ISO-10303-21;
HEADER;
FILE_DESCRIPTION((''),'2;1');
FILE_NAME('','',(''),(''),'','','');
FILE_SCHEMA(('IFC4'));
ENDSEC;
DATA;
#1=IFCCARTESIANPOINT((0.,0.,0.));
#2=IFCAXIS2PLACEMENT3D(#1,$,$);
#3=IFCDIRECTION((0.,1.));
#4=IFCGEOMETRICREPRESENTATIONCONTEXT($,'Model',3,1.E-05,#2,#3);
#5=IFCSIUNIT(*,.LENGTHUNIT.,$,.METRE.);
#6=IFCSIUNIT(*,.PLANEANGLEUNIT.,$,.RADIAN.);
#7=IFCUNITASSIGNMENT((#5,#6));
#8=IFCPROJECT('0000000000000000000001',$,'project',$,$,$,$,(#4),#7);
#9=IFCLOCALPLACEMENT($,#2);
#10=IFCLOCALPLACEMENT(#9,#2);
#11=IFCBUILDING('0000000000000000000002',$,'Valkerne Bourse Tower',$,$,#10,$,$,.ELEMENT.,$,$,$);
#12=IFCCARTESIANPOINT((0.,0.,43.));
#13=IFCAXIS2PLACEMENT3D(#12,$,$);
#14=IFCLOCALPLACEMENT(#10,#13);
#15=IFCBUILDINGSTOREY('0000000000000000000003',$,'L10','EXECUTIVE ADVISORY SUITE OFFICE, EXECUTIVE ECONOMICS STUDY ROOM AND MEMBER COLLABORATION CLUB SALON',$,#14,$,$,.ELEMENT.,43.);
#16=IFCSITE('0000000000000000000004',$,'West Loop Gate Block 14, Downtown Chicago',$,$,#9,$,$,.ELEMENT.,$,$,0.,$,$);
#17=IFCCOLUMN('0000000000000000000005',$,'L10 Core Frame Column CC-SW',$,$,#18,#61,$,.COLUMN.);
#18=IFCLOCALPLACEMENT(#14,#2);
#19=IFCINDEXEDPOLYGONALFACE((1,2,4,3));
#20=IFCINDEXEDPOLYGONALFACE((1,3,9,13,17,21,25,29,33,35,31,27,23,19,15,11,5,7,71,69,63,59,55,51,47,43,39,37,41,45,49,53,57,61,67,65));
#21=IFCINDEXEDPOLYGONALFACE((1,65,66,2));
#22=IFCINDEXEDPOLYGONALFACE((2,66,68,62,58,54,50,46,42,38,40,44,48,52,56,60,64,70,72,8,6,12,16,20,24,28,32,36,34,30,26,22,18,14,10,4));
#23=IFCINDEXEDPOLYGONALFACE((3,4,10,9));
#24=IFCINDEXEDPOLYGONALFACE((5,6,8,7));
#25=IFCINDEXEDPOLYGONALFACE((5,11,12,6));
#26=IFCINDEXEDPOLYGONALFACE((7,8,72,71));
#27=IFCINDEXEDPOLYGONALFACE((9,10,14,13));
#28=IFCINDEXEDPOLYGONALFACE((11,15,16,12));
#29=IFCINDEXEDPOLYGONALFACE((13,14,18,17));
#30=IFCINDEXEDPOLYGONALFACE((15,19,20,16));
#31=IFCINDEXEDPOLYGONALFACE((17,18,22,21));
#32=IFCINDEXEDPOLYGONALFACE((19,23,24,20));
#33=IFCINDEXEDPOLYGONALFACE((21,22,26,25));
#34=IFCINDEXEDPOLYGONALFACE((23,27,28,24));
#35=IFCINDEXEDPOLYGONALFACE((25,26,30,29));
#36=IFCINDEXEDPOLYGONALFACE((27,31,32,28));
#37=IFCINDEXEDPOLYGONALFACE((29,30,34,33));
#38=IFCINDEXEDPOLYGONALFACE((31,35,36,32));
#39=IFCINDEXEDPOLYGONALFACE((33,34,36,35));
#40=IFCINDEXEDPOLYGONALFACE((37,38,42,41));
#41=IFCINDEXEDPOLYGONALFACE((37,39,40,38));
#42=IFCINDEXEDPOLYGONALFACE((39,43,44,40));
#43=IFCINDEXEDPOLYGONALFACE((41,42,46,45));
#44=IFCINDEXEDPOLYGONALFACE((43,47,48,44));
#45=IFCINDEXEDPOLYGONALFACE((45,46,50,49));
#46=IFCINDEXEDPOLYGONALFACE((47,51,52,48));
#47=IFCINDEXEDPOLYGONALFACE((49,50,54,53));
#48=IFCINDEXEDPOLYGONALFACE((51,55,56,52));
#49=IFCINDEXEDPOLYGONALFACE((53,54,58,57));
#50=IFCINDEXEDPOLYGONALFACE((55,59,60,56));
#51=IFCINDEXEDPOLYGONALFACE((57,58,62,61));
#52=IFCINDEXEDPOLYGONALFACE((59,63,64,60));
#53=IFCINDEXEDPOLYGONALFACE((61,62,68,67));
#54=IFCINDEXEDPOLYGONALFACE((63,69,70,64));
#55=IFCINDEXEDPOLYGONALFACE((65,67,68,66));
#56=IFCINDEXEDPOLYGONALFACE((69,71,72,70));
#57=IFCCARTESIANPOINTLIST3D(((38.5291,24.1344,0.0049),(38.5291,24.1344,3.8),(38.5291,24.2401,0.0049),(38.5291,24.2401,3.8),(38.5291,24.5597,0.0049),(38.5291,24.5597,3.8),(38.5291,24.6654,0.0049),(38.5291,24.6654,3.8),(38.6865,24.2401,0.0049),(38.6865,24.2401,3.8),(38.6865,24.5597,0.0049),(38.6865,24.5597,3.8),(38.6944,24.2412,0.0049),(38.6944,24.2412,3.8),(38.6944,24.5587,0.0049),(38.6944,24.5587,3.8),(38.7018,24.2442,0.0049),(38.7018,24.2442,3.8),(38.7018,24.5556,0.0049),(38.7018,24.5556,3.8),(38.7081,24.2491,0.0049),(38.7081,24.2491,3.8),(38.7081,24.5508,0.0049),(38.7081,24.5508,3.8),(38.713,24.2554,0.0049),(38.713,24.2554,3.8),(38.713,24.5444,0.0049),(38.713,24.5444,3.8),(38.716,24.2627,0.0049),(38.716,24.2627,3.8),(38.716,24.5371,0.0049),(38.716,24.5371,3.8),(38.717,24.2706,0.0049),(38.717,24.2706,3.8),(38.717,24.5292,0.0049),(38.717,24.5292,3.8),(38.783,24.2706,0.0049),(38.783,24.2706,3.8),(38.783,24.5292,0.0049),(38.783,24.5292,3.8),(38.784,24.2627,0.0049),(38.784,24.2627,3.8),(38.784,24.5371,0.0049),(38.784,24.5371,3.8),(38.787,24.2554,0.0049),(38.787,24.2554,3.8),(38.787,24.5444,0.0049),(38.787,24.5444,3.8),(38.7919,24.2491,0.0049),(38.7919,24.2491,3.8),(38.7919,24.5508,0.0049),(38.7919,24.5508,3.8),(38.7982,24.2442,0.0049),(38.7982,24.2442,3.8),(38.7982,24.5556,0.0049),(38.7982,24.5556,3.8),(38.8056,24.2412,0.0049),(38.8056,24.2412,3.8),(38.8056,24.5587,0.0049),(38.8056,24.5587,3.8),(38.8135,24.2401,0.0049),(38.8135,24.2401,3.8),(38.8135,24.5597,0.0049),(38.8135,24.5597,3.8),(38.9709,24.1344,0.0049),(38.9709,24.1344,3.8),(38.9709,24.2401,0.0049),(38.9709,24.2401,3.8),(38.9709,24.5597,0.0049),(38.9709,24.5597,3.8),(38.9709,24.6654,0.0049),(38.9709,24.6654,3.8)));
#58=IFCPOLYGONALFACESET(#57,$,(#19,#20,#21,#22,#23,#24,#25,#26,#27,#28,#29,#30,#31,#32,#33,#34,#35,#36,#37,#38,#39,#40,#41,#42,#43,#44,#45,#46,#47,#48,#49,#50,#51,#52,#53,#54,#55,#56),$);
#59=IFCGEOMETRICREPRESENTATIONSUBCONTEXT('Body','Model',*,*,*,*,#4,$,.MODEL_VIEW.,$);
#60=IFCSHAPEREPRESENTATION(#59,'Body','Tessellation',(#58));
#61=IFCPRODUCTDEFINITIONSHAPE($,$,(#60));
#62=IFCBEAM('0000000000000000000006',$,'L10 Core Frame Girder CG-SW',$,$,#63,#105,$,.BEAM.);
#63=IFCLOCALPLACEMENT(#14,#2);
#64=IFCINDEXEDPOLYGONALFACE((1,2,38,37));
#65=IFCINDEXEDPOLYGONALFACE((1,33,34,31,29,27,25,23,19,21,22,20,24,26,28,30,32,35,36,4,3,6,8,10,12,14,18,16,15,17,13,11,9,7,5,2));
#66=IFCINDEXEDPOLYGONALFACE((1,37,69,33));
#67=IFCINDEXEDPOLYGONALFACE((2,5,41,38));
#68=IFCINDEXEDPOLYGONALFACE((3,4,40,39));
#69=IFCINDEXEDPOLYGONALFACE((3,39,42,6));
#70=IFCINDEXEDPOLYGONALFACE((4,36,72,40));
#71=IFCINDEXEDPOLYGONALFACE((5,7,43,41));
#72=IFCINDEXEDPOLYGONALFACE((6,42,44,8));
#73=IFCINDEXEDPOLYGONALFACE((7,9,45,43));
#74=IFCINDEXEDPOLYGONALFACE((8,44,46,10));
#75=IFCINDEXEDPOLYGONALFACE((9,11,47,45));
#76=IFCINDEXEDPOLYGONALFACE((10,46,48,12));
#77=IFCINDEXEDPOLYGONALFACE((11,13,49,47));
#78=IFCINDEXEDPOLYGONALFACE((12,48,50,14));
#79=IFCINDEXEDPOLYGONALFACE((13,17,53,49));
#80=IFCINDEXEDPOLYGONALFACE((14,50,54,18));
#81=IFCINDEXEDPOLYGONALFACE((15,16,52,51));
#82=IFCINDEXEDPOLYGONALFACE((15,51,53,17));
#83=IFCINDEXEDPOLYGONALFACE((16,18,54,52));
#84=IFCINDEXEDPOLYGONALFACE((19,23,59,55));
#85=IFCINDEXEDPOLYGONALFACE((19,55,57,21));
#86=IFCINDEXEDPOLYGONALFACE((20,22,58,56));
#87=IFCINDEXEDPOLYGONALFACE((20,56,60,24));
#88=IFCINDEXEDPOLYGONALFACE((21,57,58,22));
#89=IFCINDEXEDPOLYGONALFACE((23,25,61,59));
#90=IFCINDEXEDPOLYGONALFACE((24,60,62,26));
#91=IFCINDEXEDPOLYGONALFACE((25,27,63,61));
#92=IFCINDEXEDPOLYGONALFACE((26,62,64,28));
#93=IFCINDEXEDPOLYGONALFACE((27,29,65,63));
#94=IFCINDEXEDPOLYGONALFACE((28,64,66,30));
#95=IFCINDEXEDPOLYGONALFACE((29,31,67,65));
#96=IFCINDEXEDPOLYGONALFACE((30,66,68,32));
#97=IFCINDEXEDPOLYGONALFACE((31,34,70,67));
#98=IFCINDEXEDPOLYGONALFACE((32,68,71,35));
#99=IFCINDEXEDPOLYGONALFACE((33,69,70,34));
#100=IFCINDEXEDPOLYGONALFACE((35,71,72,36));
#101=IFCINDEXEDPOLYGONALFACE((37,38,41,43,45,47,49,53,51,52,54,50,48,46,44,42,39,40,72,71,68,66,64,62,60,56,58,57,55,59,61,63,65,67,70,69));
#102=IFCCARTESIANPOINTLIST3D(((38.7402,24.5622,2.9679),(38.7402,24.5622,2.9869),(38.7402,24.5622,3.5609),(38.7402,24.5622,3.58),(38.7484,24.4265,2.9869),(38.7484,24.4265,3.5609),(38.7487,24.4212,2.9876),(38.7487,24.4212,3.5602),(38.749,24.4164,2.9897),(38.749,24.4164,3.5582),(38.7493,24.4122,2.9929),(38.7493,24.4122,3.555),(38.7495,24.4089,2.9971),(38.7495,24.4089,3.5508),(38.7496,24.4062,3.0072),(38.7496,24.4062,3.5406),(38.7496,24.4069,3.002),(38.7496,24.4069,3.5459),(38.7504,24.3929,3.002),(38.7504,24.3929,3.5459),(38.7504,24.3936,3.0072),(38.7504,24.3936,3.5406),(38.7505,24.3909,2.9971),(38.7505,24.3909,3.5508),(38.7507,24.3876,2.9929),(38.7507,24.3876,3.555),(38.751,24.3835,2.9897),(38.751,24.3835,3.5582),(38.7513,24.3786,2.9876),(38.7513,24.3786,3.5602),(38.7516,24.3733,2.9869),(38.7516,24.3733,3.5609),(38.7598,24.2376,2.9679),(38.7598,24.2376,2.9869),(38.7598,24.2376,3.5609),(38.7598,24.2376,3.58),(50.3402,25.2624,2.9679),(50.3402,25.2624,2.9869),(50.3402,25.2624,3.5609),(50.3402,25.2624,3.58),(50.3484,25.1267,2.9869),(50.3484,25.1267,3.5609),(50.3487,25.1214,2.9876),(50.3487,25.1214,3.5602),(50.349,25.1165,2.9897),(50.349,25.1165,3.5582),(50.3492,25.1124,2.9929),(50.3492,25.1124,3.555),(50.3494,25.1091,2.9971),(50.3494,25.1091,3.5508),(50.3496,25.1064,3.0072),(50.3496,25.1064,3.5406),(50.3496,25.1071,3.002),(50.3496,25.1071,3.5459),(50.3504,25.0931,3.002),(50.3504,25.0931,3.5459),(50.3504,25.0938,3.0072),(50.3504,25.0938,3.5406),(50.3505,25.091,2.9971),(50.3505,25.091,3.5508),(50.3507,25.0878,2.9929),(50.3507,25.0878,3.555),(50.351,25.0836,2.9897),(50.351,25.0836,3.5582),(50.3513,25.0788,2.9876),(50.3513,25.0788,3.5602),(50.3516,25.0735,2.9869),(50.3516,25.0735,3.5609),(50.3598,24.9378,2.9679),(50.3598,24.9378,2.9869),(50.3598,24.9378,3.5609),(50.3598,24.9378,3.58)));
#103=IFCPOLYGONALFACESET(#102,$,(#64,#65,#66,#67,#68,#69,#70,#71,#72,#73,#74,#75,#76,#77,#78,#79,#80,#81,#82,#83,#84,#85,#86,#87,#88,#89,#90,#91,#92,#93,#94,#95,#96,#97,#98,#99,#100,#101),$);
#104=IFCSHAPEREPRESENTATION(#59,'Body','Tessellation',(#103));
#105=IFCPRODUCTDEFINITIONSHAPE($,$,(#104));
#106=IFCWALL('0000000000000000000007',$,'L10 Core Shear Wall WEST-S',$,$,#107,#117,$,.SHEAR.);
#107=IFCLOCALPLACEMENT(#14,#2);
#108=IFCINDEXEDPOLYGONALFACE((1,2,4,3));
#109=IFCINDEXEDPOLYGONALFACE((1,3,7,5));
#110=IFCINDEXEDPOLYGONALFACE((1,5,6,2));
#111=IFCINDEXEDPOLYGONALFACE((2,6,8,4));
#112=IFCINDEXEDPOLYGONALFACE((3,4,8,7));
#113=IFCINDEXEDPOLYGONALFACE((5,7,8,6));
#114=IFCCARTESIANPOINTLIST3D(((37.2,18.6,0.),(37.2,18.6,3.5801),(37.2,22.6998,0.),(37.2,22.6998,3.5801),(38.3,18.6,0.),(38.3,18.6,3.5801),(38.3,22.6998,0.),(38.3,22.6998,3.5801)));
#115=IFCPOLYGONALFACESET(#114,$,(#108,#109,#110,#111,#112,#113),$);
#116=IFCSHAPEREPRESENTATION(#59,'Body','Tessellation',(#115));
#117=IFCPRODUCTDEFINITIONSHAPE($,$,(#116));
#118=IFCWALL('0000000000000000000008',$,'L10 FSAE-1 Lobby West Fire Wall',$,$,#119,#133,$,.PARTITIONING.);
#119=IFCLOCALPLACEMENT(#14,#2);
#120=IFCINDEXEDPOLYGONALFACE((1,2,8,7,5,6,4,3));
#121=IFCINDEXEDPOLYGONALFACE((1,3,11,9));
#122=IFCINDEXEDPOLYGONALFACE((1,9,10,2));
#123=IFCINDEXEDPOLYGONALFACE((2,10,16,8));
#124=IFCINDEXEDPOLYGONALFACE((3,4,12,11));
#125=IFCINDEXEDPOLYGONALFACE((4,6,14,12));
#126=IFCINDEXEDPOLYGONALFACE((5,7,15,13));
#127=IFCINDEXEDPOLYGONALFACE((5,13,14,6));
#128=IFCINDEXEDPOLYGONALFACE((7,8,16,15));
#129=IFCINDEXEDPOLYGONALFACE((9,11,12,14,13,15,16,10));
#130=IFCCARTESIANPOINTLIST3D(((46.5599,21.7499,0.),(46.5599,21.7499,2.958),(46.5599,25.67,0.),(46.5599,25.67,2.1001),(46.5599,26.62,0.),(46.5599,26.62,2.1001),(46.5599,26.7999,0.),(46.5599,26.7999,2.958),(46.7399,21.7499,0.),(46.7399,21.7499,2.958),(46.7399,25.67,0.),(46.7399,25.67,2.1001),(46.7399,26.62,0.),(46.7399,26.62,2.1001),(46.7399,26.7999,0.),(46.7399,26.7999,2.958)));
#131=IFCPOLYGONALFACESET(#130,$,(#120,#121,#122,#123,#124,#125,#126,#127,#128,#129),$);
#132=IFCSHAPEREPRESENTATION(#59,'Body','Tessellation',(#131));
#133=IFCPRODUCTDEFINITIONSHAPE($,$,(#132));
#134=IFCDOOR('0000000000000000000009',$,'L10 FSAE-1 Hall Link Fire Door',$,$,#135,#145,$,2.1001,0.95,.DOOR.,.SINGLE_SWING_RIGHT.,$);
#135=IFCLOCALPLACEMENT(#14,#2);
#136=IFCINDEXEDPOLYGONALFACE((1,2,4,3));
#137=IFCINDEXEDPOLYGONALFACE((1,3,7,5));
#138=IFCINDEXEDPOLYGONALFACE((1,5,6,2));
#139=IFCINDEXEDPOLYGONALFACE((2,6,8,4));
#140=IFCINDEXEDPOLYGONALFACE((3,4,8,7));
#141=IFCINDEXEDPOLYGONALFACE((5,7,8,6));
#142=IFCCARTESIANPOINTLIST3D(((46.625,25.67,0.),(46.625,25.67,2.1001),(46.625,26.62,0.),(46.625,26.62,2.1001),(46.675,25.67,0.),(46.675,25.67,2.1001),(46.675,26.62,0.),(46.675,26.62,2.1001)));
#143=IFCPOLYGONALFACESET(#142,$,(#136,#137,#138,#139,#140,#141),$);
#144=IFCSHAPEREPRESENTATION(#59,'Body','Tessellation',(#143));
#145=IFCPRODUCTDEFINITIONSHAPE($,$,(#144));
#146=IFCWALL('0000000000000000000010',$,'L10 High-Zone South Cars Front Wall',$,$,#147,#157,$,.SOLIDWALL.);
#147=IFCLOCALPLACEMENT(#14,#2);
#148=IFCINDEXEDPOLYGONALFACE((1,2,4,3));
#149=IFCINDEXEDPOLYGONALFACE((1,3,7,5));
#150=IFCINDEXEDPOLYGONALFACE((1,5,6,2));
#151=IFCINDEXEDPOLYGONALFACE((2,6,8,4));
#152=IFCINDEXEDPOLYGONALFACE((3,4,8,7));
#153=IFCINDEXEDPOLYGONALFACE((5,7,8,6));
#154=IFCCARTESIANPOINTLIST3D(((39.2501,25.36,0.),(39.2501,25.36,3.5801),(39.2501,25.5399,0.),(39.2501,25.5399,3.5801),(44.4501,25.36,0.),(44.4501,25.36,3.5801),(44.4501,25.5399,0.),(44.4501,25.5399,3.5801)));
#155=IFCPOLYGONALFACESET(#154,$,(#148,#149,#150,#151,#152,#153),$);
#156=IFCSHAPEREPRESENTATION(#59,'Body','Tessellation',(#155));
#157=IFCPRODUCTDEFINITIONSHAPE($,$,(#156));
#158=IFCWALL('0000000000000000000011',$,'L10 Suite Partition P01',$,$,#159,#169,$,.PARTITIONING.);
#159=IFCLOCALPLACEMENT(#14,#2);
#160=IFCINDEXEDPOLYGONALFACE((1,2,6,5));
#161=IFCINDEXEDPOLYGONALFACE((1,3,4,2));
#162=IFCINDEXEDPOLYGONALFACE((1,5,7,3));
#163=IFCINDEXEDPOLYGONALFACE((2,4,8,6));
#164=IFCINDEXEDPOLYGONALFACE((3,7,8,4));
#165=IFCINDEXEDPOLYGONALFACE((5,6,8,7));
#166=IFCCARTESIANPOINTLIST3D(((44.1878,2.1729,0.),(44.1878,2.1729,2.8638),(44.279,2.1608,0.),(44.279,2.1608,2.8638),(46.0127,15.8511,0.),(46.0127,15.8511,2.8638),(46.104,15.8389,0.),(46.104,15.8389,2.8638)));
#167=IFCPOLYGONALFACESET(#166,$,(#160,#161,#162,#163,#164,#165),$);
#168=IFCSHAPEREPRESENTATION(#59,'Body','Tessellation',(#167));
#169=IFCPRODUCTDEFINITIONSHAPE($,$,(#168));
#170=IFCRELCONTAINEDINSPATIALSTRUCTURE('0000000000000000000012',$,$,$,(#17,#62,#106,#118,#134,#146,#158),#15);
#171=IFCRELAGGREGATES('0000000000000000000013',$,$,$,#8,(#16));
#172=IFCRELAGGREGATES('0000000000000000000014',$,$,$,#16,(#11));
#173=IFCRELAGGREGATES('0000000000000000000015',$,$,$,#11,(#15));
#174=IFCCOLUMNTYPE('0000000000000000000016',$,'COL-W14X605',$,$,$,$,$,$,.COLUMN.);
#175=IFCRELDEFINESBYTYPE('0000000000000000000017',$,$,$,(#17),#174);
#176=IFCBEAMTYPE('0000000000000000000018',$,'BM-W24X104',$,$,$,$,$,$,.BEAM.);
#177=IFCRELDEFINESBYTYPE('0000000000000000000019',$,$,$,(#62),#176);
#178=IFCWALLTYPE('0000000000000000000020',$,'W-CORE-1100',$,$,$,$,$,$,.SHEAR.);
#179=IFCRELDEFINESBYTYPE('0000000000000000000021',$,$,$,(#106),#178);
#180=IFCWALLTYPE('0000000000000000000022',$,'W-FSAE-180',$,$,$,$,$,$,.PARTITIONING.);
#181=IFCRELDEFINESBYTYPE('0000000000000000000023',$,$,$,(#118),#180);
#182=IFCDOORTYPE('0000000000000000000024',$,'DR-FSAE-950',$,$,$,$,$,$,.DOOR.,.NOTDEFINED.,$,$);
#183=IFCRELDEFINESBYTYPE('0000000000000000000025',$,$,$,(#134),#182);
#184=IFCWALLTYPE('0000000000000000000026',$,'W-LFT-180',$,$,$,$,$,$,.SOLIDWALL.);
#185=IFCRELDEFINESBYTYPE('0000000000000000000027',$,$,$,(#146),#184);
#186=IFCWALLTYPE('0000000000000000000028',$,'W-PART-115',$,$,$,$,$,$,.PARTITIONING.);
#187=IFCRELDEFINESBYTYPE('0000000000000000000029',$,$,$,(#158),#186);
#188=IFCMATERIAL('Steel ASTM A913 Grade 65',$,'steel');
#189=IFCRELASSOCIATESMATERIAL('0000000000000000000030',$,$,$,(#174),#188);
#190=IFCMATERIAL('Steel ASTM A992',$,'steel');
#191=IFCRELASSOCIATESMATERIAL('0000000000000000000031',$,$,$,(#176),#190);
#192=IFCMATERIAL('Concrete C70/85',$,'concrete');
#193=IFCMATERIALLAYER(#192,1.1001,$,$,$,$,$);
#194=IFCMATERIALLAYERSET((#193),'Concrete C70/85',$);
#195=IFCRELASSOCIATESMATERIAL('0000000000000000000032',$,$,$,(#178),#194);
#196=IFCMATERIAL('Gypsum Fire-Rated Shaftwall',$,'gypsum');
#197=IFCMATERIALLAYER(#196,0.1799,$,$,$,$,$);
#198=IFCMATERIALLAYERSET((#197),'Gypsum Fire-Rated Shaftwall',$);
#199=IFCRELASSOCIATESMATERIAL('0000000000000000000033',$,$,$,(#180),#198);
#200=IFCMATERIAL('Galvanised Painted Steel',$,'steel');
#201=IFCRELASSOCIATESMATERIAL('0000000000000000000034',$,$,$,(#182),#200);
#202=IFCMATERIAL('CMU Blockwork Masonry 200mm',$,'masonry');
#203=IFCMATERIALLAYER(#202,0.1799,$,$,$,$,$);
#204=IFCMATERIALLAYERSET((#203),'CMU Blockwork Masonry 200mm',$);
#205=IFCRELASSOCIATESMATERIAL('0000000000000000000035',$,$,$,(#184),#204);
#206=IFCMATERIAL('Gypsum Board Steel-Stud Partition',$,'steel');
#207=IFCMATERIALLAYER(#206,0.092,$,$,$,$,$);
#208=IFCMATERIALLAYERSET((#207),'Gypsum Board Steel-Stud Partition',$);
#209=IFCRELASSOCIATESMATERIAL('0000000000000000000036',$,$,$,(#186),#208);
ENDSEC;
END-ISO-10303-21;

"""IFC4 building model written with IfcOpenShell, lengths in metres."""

from ifc_helpers import new_model, si_unit, direction, frame, frame_2d, origin, origin_2d, place, context, subcontext, project, spatial, rectangle, i_section, extrude, material, layer, layer_set, material_profile, profile_set, type_object, element, fill, save


model = new_model("IFC4")

# Units and contexts
model_context = context("Model", 3, precision=1e-05, world=origin(), true_north=direction((0.0, 1.0)))
body_context = subcontext(model_context, "Body", "Model", "MODEL_VIEW")
ifc_project = project(units=[si_unit("LENGTHUNIT", "METRE"), si_unit("PLANEANGLEUNIT", "RADIAN")], contexts=[model_context])

# Site, building, storey
site_placement = place(None, origin())
site = spatial("IfcSite", under=ifc_project, at=site_placement, Name="West Loop Gate Block 14, Downtown Chicago", CompositionType="ELEMENT", RefElevation=0.0)
building_placement = place(site_placement, origin())
building = spatial("IfcBuilding", under=site, at=building_placement, Name="Valkerne Bourse Tower", CompositionType="ELEMENT")
storey_placement = place(building_placement, frame((0.0, 0.0, 43.0)))
storey = spatial("IfcBuildingStorey", under=building, at=storey_placement, Name="L10", Description="EXECUTIVE ADVISORY SUITE OFFICE, EXECUTIVE ECONOMICS STUDY ROOM AND MEMBER COLLABORATION CLUB SALON", CompositionType="ELEMENT", Elevation=43.0)

# Column
ifc_material_1 = material(Name="Steel ASTM A913 Grade 65", Category="steel")
ifc_material_profile_1 = material_profile(ifc_material_1, i_section(OverallWidth=0.4419, OverallDepth=0.531, WebThickness=0.0659, FlangeThickness=0.1057, FilletRadius=0.0305, at=origin_2d()), Name="W14X605")
ifc_profile_set_1 = profile_set([ifc_material_profile_1], Name="Steel ASTM A913 Grade 65")
column_type = type_object("IfcColumnType", Name="COL-W14X605", PredefinedType="COLUMN", material=ifc_profile_set_1)
column_placement = place(storey_placement, frame((38.75, 24.3999, 0.0049), z_axis=(0.0, 0.0, 1.0), x_axis=(1.0, 0.0, 0.0)))
element("IfcColumn", 1, at=column_placement, inside=storey, type_object=column_type, Name="L10 Core Frame Column CC-SW", PredefinedType="COLUMN", context=body_context, shape_type="SweptSolid", body=[
    extrude(i_section(OverallWidth=0.4419, OverallDepth=0.531, WebThickness=0.0659, FlangeThickness=0.1057, FilletRadius=0.0305, at=origin_2d()), origin(), (0.0, 0.0, 1.0), 3.7952),
])

# Beam
ifc_material_2 = material(Name="Steel ASTM A992", Category="steel")
ifc_material_profile_2 = material_profile(ifc_material_2, i_section(OverallWidth=0.3252, OverallDepth=0.6121, WebThickness=0.0127, FlangeThickness=0.019, FilletRadius=0.0203, at=origin_2d()), Name="W24X104")
ifc_profile_set_2 = profile_set([ifc_material_profile_2], Name="Steel ASTM A992")
beam_type = type_object("IfcBeamType", Name="BM-W24X104", PredefinedType="BEAM", material=ifc_profile_set_2)
beam_placement = place(storey_placement, frame((38.75, 24.3999, 3.2739), z_axis=(0.998183, 0.060251, 0.0), x_axis=(-0.060251, 0.998183, 0.0)))
element("IfcBeam", 2, at=beam_placement, inside=storey, type_object=beam_type, Name="L10 Core Frame Girder CG-SW", PredefinedType="BEAM", context=body_context, shape_type="SweptSolid", body=[
    extrude(i_section(OverallWidth=0.3252, OverallDepth=0.6121, WebThickness=0.0127, FlangeThickness=0.019, FilletRadius=0.0203, at=origin_2d()), origin(), (0.0, 0.0, 1.0), 11.6211),
])

# Shared definitions
ifc_material_3 = material(Name="Concrete C70/85", Category="concrete")
ifc_layer_1 = layer(ifc_material_3, 1.1001)
ifc_layer_set_1 = layer_set([ifc_layer_1], Name="Concrete C70/85")
wall_type_1 = type_object("IfcWallType", Name="W-CORE-1100", PredefinedType="SHEAR", material=ifc_layer_set_1)
ifc_material_4 = material(Name="Galvanised Painted Steel", Category="steel")

# Wall
wall_1_placement = place(storey_placement, frame((37.75, 18.6001, 0.0), z_axis=(0.0, 0.0, 1.0), x_axis=(0.0, 1.0, 0.0)))
element("IfcWall", 3, at=wall_1_placement, inside=storey, type_object=wall_type_1, Name="L10 Core Shear Wall WEST-S", PredefinedType="SHEAR", context=body_context, shape_type="SweptSolid", body=[
    extrude(rectangle(XDim=4.0999, YDim=1.1001, at=frame_2d((2.0498, 0.0))), origin(), (0.0, 0.0, 1.0), 3.5801),
])

# Wall, opening, door
ifc_material_5 = material(Name="Gypsum Fire-Rated Shaftwall", Category="gypsum")
ifc_layer_2 = layer(ifc_material_5, 0.1799)
ifc_layer_set_2 = layer_set([ifc_layer_2], Name="Gypsum Fire-Rated Shaftwall")
wall_type_2 = type_object("IfcWallType", Name="W-FSAE-180", PredefinedType="PARTITIONING", material=ifc_layer_set_2)
wall_2_placement = place(storey_placement, frame((46.6499, 21.75, 0.0), z_axis=(0.0, 0.0, 1.0), x_axis=(0.0, 1.0, 0.0)))
wall_2 = element("IfcWall", 4, at=wall_2_placement, inside=storey, type_object=wall_type_2, Name="L10 FSAE-1 Lobby West Fire Wall", PredefinedType="PARTITIONING", context=body_context, shape_type="SweptSolid", body=[
    extrude(rectangle(XDim=5.05, YDim=0.1799, at=frame_2d((2.5249, 0.0))), origin(), (0.0, 0.0, 1.0), 2.958),
])
opening_1_placement = place(wall_2_placement, frame((3.9199, 0.0, 0.0)))
opening_1 = element("IfcOpeningElement", 5, at=opening_1_placement, cuts=wall_2, PredefinedType="OPENING", context=body_context, shape_type="SweptSolid", body=[
    extrude(rectangle(XDim=0.95, YDim=2.1001, at=frame_2d((0.4751, 1.05))), frame((0.0, 0.0999, 0.0), z_axis=(0.0, -1.0, 0.0), x_axis=(1.0, 0.0, 0.0)), (0.0, 0.0, 1.0), 0.2),
])
door_type_1 = type_object("IfcDoorType", Name="DR-FSAE-950", OperationType="NOTDEFINED", PredefinedType="DOOR", material=ifc_material_4)
door_1_placement = place(opening_1_placement, origin())
door_1 = element("IfcDoor", 6, at=door_1_placement, inside=storey, type_object=door_type_1, Name="L10 FSAE-1 Hall Link Fire Door", OperationType="SINGLE_SWING_RIGHT", OverallHeight=2.1001, OverallWidth=0.95, PredefinedType="DOOR", context=body_context, shape_type="SweptSolid", body=[
    extrude(rectangle(XDim=0.95, YDim=2.1001, at=frame_2d((0.4751, 1.05))), frame((0.0, 0.0249, 0.0), z_axis=(0.0, -1.0, 0.0), x_axis=(1.0, 0.0, 0.0)), (0.0, 0.0, 1.0), 0.05),
])
fill(opening_1, door_1)

# Shared definitions
ifc_material_6 = material(Name="CMU Blockwork Masonry 200mm", Category="masonry")
ifc_layer_3 = layer(ifc_material_6, 0.1799)
ifc_layer_set_3 = layer_set([ifc_layer_3], Name="CMU Blockwork Masonry 200mm")
wall_type_3 = type_object("IfcWallType", Name="W-LFT-180", PredefinedType="SOLIDWALL", material=ifc_layer_set_3)

# Walls
wall_3_placement = place(storey_placement, frame((39.25, 25.45, 0.0), z_axis=(0.0, 0.0, 1.0), x_axis=(1.0, 0.0, 0.0)))
element("IfcWall", 7, at=wall_3_placement, inside=storey, type_object=wall_type_3, Name="L10 High-Zone South Cars Front Wall", PredefinedType="SOLIDWALL", context=body_context, shape_type="SweptSolid", body=[
    extrude(rectangle(XDim=5.2, YDim=0.1799, at=frame_2d((2.6001, 0.0))), origin(), (0.0, 0.0, 1.0), 3.5801),
])
ifc_material_7 = material(Name="Gypsum Board Steel-Stud Partition", Category="steel")
ifc_layer_4 = layer(ifc_material_7, 0.092)
ifc_layer_set_4 = layer_set([ifc_layer_4], Name="Gypsum Board Steel-Stud Partition")
wall_type_4 = type_object("IfcWallType", Name="W-PART-115", PredefinedType="PARTITIONING", material=ifc_layer_set_4)
wall_4_placement = place(storey_placement, frame((46.0583, 15.845, 0.0), z_axis=(0.0, 0.0, 1.0), x_axis=(-0.132248, -0.991217, 0.0)))
element("IfcWall", 8, at=wall_4_placement, inside=storey, type_object=wall_type_4, Name="L10 Suite Partition P01", PredefinedType="PARTITIONING", context=body_context, shape_type="SweptSolid", body=[
    extrude(rectangle(XDim=13.7993, YDim=0.092, at=frame_2d((6.8997, 0.0))), origin(), (0.0, 0.0, 1.0), 2.8638),
])

save(model, "model.ifc")
